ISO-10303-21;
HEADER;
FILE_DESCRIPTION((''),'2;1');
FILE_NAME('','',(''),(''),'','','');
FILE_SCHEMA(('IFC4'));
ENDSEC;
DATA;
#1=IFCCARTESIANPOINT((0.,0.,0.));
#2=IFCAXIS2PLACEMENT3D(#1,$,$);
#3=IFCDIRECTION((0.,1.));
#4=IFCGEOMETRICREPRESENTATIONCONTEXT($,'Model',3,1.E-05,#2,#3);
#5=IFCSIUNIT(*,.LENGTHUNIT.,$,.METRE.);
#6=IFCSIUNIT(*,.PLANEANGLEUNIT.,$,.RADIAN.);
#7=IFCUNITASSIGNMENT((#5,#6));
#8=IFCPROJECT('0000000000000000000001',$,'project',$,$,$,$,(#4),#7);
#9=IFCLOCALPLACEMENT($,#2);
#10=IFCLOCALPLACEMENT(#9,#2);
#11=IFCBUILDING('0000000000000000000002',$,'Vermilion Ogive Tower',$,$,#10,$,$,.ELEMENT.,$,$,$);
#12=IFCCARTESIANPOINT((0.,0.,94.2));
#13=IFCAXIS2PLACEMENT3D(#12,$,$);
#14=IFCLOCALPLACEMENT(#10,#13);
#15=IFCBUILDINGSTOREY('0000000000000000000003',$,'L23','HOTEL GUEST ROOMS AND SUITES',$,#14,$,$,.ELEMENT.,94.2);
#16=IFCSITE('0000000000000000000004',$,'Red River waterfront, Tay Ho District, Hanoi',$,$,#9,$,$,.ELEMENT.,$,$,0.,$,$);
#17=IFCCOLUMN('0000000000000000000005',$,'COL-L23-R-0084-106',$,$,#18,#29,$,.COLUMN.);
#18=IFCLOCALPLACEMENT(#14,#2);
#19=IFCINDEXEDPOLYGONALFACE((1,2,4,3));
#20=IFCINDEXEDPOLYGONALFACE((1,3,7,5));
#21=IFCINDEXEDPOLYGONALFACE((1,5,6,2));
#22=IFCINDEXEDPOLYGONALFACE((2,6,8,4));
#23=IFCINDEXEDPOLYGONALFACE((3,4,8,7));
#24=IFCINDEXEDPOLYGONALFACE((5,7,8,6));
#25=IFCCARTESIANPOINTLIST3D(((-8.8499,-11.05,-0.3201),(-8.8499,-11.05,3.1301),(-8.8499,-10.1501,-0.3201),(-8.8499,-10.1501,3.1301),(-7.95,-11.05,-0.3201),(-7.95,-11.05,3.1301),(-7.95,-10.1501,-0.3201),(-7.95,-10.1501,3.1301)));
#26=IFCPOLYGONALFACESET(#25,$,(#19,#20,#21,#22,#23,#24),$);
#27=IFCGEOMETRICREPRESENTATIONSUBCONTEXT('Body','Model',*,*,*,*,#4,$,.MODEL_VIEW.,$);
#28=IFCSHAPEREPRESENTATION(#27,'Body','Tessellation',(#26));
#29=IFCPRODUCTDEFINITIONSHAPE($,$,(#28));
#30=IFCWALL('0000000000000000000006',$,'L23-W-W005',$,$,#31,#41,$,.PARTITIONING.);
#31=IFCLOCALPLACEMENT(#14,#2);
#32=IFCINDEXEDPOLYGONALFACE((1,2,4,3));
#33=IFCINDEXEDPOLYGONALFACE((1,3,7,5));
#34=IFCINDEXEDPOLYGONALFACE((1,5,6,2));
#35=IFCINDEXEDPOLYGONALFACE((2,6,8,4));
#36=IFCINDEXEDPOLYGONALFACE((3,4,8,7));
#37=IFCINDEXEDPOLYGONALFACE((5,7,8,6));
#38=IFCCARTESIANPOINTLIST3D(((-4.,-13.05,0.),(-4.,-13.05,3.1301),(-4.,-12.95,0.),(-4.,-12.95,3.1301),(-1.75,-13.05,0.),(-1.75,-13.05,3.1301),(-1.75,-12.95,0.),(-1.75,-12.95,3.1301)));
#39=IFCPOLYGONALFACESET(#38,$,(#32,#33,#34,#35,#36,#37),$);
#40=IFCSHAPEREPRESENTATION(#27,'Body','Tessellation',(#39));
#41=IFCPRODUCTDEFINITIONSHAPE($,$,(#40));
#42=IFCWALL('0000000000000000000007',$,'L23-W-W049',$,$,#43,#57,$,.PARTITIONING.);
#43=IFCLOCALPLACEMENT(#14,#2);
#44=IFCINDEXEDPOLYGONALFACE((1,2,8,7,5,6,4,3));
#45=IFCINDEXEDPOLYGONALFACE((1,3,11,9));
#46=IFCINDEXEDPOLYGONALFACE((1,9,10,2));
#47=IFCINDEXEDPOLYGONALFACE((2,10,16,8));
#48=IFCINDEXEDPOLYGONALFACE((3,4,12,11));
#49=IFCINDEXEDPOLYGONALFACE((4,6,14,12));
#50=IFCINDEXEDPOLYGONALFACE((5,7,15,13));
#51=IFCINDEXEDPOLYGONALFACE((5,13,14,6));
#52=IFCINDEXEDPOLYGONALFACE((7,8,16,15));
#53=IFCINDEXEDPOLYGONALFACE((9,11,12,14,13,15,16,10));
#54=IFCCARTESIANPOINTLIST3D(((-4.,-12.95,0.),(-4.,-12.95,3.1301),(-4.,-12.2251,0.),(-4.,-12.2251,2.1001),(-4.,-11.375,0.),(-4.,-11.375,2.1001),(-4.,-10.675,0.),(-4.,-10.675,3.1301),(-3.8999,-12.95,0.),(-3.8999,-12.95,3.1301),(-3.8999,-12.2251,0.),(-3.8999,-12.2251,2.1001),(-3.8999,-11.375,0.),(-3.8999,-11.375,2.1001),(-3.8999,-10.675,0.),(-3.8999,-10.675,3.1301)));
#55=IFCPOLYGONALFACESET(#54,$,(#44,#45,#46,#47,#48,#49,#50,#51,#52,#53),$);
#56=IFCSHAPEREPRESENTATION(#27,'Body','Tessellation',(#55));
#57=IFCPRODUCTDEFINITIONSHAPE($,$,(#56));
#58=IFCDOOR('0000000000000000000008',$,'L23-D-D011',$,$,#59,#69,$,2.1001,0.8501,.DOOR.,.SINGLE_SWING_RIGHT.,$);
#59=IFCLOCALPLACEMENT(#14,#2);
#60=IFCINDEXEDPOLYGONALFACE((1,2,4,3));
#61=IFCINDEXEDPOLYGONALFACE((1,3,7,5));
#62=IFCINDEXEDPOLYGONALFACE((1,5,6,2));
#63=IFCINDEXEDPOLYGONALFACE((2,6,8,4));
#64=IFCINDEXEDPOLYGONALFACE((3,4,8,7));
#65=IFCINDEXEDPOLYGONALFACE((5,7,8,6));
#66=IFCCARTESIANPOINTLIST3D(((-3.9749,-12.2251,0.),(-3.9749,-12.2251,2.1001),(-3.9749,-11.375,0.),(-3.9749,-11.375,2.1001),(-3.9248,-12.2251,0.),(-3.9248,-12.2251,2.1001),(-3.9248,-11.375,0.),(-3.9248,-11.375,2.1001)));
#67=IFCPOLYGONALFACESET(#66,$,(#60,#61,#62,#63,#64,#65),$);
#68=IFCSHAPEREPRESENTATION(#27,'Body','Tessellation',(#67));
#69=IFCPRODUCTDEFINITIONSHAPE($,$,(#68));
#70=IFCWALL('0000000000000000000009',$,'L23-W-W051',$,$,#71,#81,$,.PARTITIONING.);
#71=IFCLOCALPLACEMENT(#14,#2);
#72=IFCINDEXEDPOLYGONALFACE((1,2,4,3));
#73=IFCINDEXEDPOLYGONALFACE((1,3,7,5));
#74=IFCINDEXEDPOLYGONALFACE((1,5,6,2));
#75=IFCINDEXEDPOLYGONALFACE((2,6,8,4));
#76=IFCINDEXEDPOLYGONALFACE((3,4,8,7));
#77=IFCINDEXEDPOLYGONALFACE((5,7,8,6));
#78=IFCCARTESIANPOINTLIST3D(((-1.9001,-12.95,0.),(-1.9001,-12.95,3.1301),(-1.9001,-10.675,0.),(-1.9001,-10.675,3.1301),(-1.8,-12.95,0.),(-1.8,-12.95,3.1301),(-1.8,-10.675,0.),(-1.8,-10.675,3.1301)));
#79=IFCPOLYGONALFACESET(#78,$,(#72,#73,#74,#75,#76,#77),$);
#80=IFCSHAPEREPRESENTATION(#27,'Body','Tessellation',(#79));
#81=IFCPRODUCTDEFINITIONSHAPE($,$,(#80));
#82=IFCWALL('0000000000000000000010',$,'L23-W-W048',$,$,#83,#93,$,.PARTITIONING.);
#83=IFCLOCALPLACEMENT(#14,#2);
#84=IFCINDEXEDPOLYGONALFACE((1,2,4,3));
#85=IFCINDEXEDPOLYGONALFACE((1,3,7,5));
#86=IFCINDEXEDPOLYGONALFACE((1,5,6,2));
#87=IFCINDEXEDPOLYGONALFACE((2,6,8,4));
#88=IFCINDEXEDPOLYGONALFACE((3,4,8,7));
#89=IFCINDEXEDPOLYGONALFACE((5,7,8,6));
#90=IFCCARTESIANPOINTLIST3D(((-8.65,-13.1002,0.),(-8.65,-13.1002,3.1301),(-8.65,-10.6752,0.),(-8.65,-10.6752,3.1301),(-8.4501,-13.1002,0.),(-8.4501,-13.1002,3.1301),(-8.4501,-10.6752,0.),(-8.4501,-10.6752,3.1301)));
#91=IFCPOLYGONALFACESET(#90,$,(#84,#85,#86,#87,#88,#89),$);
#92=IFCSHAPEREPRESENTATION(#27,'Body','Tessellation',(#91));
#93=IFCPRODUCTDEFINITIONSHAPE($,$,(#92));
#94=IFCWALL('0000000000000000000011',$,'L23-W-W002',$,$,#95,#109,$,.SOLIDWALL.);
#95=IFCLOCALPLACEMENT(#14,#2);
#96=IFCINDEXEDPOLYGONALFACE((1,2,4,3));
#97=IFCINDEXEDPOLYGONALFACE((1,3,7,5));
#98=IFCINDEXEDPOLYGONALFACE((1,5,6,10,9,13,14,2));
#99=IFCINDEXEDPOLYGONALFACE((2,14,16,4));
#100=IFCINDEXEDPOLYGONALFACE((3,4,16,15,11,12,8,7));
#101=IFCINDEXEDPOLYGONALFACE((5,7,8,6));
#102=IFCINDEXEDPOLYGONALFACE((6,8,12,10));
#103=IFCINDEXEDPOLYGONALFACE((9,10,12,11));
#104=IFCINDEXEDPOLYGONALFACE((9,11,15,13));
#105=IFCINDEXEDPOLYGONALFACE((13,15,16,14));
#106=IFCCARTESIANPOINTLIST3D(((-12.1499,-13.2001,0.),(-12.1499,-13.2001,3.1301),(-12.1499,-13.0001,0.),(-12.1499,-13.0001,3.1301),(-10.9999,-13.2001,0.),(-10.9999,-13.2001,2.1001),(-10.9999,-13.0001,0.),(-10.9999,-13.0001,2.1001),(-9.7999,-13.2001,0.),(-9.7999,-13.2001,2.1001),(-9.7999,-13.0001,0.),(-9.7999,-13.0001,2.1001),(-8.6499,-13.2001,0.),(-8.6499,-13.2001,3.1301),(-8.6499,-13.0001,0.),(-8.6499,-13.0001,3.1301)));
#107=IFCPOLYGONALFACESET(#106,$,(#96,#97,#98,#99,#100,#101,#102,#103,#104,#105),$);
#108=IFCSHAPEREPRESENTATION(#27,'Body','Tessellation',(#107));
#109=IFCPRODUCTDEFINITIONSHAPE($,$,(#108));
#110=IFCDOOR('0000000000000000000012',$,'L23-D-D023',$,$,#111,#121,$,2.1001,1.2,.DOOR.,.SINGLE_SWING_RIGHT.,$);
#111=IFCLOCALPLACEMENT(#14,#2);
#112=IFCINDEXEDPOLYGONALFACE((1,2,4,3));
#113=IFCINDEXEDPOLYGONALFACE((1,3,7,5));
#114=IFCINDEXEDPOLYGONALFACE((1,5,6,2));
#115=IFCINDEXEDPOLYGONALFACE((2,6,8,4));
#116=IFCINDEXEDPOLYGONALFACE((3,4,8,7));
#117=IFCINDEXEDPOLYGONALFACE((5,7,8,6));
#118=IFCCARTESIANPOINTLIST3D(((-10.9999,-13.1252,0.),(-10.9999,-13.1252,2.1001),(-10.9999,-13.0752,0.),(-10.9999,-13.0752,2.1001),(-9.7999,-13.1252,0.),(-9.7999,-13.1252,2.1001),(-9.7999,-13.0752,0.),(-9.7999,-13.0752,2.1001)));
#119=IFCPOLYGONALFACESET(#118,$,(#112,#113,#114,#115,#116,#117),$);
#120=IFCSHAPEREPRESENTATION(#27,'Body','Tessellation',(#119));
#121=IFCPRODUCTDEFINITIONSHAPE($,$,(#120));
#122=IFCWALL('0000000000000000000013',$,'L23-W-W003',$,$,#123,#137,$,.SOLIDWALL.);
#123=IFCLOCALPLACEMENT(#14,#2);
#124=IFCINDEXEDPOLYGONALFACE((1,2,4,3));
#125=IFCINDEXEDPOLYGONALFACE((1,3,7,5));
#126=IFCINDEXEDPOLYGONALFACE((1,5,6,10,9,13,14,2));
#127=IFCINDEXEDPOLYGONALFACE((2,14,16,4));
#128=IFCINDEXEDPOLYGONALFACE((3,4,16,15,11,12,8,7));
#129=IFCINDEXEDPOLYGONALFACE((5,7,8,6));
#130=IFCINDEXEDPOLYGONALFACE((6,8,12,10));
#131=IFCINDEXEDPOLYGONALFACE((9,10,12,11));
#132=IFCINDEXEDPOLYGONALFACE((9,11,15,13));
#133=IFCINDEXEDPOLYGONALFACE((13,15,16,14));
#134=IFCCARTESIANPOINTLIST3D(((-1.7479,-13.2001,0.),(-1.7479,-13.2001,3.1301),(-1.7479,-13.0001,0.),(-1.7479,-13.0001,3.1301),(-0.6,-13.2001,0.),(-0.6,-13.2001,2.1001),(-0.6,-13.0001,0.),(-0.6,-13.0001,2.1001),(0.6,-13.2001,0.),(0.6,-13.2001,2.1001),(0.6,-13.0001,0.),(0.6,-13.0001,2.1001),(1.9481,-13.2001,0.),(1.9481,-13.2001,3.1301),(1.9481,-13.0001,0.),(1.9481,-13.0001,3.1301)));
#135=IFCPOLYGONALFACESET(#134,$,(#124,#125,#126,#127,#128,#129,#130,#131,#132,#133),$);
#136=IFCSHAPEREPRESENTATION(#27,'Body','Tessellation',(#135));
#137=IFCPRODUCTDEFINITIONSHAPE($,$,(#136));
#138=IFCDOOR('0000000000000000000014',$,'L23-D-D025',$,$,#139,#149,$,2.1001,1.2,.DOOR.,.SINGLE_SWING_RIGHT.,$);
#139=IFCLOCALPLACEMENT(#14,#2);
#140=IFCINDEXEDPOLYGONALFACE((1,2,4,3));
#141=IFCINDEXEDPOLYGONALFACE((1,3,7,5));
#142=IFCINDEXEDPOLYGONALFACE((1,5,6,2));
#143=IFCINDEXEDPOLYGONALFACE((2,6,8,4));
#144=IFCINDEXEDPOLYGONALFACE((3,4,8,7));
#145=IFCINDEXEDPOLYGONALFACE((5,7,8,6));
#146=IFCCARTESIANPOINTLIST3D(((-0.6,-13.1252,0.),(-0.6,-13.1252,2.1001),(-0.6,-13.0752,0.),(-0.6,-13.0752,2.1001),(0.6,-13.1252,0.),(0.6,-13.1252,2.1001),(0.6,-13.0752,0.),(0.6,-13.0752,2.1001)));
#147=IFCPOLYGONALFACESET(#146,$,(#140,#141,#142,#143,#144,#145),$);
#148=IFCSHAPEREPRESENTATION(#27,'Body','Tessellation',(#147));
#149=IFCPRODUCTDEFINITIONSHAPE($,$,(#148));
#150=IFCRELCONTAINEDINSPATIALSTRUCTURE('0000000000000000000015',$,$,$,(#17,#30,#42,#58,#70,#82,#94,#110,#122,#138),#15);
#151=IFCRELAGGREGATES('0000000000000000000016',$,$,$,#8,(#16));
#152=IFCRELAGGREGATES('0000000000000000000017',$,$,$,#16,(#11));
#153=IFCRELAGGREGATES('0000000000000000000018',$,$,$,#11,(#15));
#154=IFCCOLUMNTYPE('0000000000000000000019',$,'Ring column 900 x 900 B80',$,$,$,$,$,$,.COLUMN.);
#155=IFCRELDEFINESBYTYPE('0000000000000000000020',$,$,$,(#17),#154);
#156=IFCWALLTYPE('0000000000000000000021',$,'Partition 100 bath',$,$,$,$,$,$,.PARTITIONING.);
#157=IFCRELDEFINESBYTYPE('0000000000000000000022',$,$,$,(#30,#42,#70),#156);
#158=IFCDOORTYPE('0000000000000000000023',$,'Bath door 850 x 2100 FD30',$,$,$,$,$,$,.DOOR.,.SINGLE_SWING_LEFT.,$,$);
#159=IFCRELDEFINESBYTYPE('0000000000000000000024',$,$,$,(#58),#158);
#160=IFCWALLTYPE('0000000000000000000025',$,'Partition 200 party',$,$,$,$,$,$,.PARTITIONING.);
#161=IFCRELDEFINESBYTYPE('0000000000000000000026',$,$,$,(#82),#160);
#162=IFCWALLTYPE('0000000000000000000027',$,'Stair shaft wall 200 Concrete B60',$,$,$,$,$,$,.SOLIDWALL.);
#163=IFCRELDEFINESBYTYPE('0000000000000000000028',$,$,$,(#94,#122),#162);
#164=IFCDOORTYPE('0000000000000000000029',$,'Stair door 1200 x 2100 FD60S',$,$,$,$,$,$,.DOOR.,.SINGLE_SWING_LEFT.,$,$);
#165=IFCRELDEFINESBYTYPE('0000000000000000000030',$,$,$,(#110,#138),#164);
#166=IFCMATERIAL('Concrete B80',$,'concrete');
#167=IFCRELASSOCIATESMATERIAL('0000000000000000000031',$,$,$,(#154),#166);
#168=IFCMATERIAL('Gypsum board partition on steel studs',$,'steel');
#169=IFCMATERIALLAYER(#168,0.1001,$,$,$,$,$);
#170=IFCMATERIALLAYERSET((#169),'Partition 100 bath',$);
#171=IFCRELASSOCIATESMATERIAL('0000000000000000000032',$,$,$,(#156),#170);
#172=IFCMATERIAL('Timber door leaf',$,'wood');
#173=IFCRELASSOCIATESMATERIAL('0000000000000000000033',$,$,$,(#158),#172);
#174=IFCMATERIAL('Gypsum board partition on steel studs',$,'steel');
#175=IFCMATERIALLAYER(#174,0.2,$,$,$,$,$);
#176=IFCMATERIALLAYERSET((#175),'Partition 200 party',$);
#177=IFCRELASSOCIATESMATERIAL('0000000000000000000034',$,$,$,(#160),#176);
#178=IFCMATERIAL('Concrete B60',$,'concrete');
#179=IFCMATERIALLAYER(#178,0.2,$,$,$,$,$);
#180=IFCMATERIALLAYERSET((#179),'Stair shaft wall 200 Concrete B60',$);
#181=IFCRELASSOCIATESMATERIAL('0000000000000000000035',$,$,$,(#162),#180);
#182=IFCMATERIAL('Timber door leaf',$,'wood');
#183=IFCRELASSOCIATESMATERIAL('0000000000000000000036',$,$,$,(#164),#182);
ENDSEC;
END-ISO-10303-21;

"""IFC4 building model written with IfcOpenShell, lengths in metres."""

from ifc_helpers import new_model, si_unit, direction, frame, frame_2d, origin, origin_2d, place, context, subcontext, project, spatial, rectangle, extrude, material, layer, layer_set, material_profile, profile_set, type_object, element, fill, save


model = new_model("IFC4")

# Units and contexts
model_context = context("Model", 3, precision=1e-05, world=origin(), true_north=direction((0.0, 1.0)))
body_context = subcontext(model_context, "Body", "Model", "MODEL_VIEW")
ifc_project = project(units=[si_unit("LENGTHUNIT", "METRE"), si_unit("PLANEANGLEUNIT", "RADIAN")], contexts=[model_context])

# Site, building, storey
site_placement = place(None, origin())
site = spatial("IfcSite", under=ifc_project, at=site_placement, Name="Red River waterfront, Tay Ho District, Hanoi", CompositionType="ELEMENT", RefElevation=0.0)
building_placement = place(site_placement, origin())
building = spatial("IfcBuilding", under=site, at=building_placement, Name="Vermilion Ogive Tower", CompositionType="ELEMENT")
storey_placement = place(building_placement, frame((0.0, 0.0, 94.2)))
storey = spatial("IfcBuildingStorey", under=building, at=storey_placement, Name="L23", Description="HOTEL GUEST ROOMS AND SUITES", CompositionType="ELEMENT", Elevation=94.2)

# Column
ifc_material_1 = material(Name="Concrete B80", Category="concrete")
ifc_material_profile = material_profile(ifc_material_1, rectangle(XDim=0.8999, YDim=0.8999, at=origin_2d()), Name="900 x 900")
ifc_profile_set = profile_set([ifc_material_profile], Name="Concrete B80")
column_type = type_object("IfcColumnType", Name="Ring column 900 x 900 B80", PredefinedType="COLUMN", material=ifc_profile_set)
column_placement = place(storey_placement, frame((-8.3999, -10.6001, -0.3201), z_axis=(0.0, 0.0, 1.0), x_axis=(1.0, 0.0, 0.0)))
element("IfcColumn", 1, at=column_placement, inside=storey, type_object=column_type, Name="COL-L23-R-0084-106", PredefinedType="COLUMN", context=body_context, shape_type="SweptSolid", body=[
    extrude(rectangle(XDim=0.8999, YDim=0.8999, at=origin_2d()), origin(), (0.0, 0.0, 1.0), 3.4502),
])

# Wall
ifc_material_2 = material(Name="Gypsum board partition on steel studs", Category="steel")
ifc_layer_1 = layer(ifc_material_2, 0.1001)
ifc_layer_set_1 = layer_set([ifc_layer_1], Name="Partition 100 bath")
wall_type_1 = type_object("IfcWallType", Name="Partition 100 bath", PredefinedType="PARTITIONING", material=ifc_layer_set_1)
wall_1_placement = place(storey_placement, frame((-4.0, -13.0, 0.0), z_axis=(0.0, 0.0, 1.0), x_axis=(1.0, 0.0, 0.0)))
element("IfcWall", 2, at=wall_1_placement, inside=storey, type_object=wall_type_1, Name="L23-W-W005", PredefinedType="PARTITIONING", context=body_context, shape_type="SweptSolid", body=[
    extrude(rectangle(XDim=2.25, YDim=0.1001, at=frame_2d((1.125, 0.0))), origin(), (0.0, 0.0, 1.0), 3.1301),
])

# Wall, opening, door
wall_2_placement = place(storey_placement, frame((-3.95, -12.95, 0.0), z_axis=(0.0, 0.0, 1.0), x_axis=(0.0, 1.0, 0.0)))
wall_2 = element("IfcWall", 3, at=wall_2_placement, inside=storey, type_object=wall_type_1, Name="L23-W-W049", PredefinedType="PARTITIONING", context=body_context, shape_type="SweptSolid", body=[
    extrude(rectangle(XDim=2.2749, YDim=0.1001, at=frame_2d((1.1375, 0.0))), origin(), (0.0, 0.0, 1.0), 3.1301),
])
opening_1_placement = place(wall_2_placement, frame((0.7249, 0.0, 0.0)))
opening_1 = element("IfcOpeningElement", 4, at=opening_1_placement, cuts=wall_2, PredefinedType="OPENING", context=body_context, shape_type="SweptSolid", body=[
    extrude(rectangle(XDim=0.8501, YDim=2.1001, at=frame_2d((0.425, 1.05))), frame((0.0, 0.0601, 0.0), z_axis=(0.0, -1.0, 0.0), x_axis=(1.0, 0.0, 0.0)), (0.0, 0.0, 1.0), 0.1201),
])
ifc_material_3 = material(Name="Timber door leaf", Category="wood")
door_type_1 = type_object("IfcDoorType", Name="Bath door 850 x 2100 FD30", OperationType="SINGLE_SWING_LEFT", PredefinedType="DOOR", material=ifc_material_3)
door_1_placement = place(opening_1_placement, origin())
door_1 = element("IfcDoor", 5, at=door_1_placement, inside=storey, type_object=door_type_1, Name="L23-D-D011", OperationType="SINGLE_SWING_RIGHT", OverallHeight=2.1001, OverallWidth=0.8501, PredefinedType="DOOR", context=body_context, shape_type="SweptSolid", body=[
    extrude(rectangle(XDim=0.8501, YDim=2.1001, at=frame_2d((0.425, 1.05))), frame((0.0, 0.0249, 0.0), z_axis=(0.0, -1.0, 0.0), x_axis=(1.0, 0.0, 0.0)), (0.0, 0.0, 1.0), 0.05),
])
fill(opening_1, door_1)

# Walls
wall_3_placement = place(storey_placement, frame((-1.8501, -12.95, 0.0), z_axis=(0.0, 0.0, 1.0), x_axis=(0.0, 1.0, 0.0)))
element("IfcWall", 6, at=wall_3_placement, inside=storey, type_object=wall_type_1, Name="L23-W-W051", PredefinedType="PARTITIONING", context=body_context, shape_type="SweptSolid", body=[
    extrude(rectangle(XDim=2.2749, YDim=0.1001, at=frame_2d((1.1375, 0.0))), origin(), (0.0, 0.0, 1.0), 3.1301),
])
ifc_material_4 = material(Name="Gypsum board partition on steel studs", Category="steel")
ifc_layer_2 = layer(ifc_material_4, 0.2)
ifc_layer_set_2 = layer_set([ifc_layer_2], Name="Partition 200 party")
wall_type_2 = type_object("IfcWallType", Name="Partition 200 party", PredefinedType="PARTITIONING", material=ifc_layer_set_2)
wall_4_placement = place(storey_placement, frame((-8.55, -13.1001, 0.0), z_axis=(0.0, 0.0, 1.0), x_axis=(0.0, 1.0, 0.0)))
element("IfcWall", 7, at=wall_4_placement, inside=storey, type_object=wall_type_2, Name="L23-W-W048", PredefinedType="PARTITIONING", context=body_context, shape_type="SweptSolid", body=[
    extrude(rectangle(XDim=2.425, YDim=0.2, at=frame_2d((1.2124, 0.0))), origin(), (0.0, 0.0, 1.0), 3.1301),
])

# Walls, openings, doors
ifc_material_5 = material(Name="Concrete B60", Category="concrete")
ifc_layer_3 = layer(ifc_material_5, 0.2)
ifc_layer_set_3 = layer_set([ifc_layer_3], Name="Stair shaft wall 200 Concrete B60")
wall_type_3 = type_object("IfcWallType", Name="Stair shaft wall 200 Concrete B60", PredefinedType="SOLIDWALL", material=ifc_layer_set_3)
wall_5_placement = place(storey_placement, frame((-12.1499, -13.1001, 0.0), z_axis=(0.0, 0.0, 1.0), x_axis=(1.0, 0.0, 0.0)))
wall_5 = element("IfcWall", 8, at=wall_5_placement, inside=storey, type_object=wall_type_3, Name="L23-W-W002", PredefinedType="SOLIDWALL", context=body_context, shape_type="SweptSolid", body=[
    extrude(rectangle(XDim=3.5, YDim=0.2, at=frame_2d((1.75, 0.0))), origin(), (0.0, 0.0, 1.0), 3.1301),
])
opening_2_placement = place(wall_5_placement, frame((1.1499, 0.0, 0.0)))
opening_2 = element("IfcOpeningElement", 9, at=opening_2_placement, cuts=wall_5, PredefinedType="OPENING", context=body_context, shape_type="SweptSolid", body=[
    extrude(rectangle(XDim=1.2, YDim=2.1001, at=frame_2d((0.6001, 1.05))), frame((0.0, 0.1099, 0.0), z_axis=(0.0, -1.0, 0.0), x_axis=(1.0, 0.0, 0.0)), (0.0, 0.0, 1.0), 0.22),
])
ifc_material_6 = material(Name="Timber door leaf", Category="wood")
door_type_2 = type_object("IfcDoorType", Name="Stair door 1200 x 2100 FD60S", OperationType="SINGLE_SWING_LEFT", PredefinedType="DOOR", material=ifc_material_6)
door_2_placement = place(opening_2_placement, origin())
door_2 = element("IfcDoor", 10, at=door_2_placement, inside=storey, type_object=door_type_2, Name="L23-D-D023", OperationType="SINGLE_SWING_RIGHT", OverallHeight=2.1001, OverallWidth=1.2, PredefinedType="DOOR", context=body_context, shape_type="SweptSolid", body=[
    extrude(rectangle(XDim=1.2, YDim=2.1001, at=frame_2d((0.6001, 1.05))), frame((0.0, 0.0249, 0.0), z_axis=(0.0, -1.0, 0.0), x_axis=(1.0, 0.0, 0.0)), (0.0, 0.0, 1.0), 0.05),
])
fill(opening_2, door_2)
wall_6_placement = place(storey_placement, frame((-1.748, -13.1001, 0.0), z_axis=(0.0, 0.0, 1.0), x_axis=(1.0, 0.0, 0.0)))
wall_6 = element("IfcWall", 11, at=wall_6_placement, inside=storey, type_object=wall_type_3, Name="L23-W-W003", PredefinedType="SOLIDWALL", context=body_context, shape_type="SweptSolid", body=[
    extrude(rectangle(XDim=3.696, YDim=0.2, at=frame_2d((1.8481, 0.0))), origin(), (0.0, 0.0, 1.0), 3.1301),
])
opening_3_placement = place(wall_6_placement, frame((1.1479, 0.0, 0.0)))
opening_3 = element("IfcOpeningElement", 12, at=opening_3_placement, cuts=wall_6, PredefinedType="OPENING", context=body_context, shape_type="SweptSolid", body=[
    extrude(rectangle(XDim=1.2, YDim=2.1001, at=frame_2d((0.6001, 1.05))), frame((0.0, 0.1099, 0.0), z_axis=(0.0, -1.0, 0.0), x_axis=(1.0, 0.0, 0.0)), (0.0, 0.0, 1.0), 0.22),
])
door_3_placement = place(opening_3_placement, origin())
door_3 = element("IfcDoor", 13, at=door_3_placement, inside=storey, type_object=door_type_2, Name="L23-D-D025", OperationType="SINGLE_SWING_RIGHT", OverallHeight=2.1001, OverallWidth=1.2, PredefinedType="DOOR", context=body_context, shape_type="SweptSolid", body=[
    extrude(rectangle(XDim=1.2, YDim=2.1001, at=frame_2d((0.6001, 1.05))), frame((0.0, 0.0249, 0.0), z_axis=(0.0, -1.0, 0.0), x_axis=(1.0, 0.0, 0.0)), (0.0, 0.0, 1.0), 0.05),
])
fill(opening_3, door_3)

save(model, "model.ifc")
